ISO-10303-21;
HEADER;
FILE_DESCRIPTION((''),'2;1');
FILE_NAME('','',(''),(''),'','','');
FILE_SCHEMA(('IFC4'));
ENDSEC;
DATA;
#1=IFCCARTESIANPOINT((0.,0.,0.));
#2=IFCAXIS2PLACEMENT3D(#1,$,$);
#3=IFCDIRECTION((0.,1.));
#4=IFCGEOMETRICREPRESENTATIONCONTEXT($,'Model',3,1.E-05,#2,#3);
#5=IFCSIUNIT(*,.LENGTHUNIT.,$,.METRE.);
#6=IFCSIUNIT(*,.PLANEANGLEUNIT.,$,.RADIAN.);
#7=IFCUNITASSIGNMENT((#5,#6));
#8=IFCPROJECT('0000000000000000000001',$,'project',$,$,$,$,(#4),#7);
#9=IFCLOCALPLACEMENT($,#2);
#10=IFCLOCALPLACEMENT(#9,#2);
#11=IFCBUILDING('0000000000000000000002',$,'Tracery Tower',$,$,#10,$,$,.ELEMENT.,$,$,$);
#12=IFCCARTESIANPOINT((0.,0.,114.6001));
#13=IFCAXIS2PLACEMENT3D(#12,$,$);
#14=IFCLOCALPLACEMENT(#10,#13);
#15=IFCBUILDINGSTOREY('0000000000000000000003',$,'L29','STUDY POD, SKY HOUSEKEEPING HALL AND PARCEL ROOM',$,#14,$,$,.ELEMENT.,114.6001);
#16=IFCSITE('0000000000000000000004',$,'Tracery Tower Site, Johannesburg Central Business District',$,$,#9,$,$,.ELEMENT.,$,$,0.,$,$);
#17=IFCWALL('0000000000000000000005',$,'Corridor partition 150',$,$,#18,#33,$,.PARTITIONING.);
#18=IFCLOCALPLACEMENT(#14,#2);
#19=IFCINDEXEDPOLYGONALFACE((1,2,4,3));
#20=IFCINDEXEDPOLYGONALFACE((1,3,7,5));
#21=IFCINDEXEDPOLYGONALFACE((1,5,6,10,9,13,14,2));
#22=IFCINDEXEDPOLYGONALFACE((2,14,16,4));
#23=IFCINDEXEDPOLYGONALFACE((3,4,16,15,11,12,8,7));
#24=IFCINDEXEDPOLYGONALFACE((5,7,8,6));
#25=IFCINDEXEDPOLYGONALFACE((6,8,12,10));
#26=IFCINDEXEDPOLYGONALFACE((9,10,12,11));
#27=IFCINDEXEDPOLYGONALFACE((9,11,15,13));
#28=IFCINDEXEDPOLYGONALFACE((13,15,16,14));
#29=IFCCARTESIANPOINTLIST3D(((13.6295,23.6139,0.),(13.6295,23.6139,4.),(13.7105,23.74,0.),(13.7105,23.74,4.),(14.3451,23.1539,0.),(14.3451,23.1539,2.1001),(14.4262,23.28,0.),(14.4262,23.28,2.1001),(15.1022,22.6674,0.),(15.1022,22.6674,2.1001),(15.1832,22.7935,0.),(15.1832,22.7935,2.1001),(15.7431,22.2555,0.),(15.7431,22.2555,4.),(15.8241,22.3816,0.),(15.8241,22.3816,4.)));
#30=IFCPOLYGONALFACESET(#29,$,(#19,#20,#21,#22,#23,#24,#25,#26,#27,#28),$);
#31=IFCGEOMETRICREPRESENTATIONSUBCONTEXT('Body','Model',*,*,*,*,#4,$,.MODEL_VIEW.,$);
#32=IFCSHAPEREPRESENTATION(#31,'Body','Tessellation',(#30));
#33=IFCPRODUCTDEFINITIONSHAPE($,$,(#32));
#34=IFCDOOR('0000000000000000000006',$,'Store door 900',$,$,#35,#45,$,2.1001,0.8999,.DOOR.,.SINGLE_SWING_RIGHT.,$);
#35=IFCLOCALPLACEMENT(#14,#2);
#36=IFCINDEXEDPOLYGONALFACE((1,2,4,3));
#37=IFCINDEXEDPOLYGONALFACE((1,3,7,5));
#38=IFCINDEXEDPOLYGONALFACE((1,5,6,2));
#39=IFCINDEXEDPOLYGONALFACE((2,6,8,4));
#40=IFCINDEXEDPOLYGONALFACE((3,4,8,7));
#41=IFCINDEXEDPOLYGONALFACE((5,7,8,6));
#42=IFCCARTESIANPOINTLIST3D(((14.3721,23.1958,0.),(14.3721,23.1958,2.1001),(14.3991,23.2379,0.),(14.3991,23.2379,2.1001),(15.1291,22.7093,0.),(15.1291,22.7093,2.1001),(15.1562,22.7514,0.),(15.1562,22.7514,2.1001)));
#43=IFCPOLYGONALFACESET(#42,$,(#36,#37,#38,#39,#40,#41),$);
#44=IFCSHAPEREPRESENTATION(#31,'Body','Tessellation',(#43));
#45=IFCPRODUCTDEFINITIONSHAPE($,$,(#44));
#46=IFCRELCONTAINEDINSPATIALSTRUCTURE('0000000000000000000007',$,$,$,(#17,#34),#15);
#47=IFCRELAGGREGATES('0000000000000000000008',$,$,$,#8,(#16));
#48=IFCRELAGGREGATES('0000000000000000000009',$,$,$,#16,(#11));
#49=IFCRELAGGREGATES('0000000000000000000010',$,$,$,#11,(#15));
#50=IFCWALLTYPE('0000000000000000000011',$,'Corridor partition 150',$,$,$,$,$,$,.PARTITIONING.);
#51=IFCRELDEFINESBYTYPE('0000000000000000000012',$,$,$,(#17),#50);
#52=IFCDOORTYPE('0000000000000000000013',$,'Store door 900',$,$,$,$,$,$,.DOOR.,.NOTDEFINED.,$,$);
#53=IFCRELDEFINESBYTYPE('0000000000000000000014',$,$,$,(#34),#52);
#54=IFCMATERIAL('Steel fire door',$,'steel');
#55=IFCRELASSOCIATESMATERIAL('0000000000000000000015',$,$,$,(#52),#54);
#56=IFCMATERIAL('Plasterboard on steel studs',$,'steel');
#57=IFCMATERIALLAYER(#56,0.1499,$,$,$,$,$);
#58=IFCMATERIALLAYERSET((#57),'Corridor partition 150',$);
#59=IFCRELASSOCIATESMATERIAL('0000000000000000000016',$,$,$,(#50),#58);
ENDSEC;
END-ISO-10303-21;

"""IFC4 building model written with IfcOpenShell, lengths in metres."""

from ifc_helpers import new_model, si_unit, direction, frame, frame_2d, origin, place, context, subcontext, project, spatial, rectangle, extrude, material, layer, layer_set, type_object, element, fill, save


model = new_model("IFC4")

# Units and contexts
model_context = context("Model", 3, precision=1e-05, world=origin(), true_north=direction((0.0, 1.0)))
body_context = subcontext(model_context, "Body", "Model", "MODEL_VIEW")
ifc_project = project(units=[si_unit("LENGTHUNIT", "METRE"), si_unit("PLANEANGLEUNIT", "RADIAN")], contexts=[model_context])

# Site, building, storey
site_placement = place(None, origin())
site = spatial("IfcSite", under=ifc_project, at=site_placement, Name="Tracery Tower Site, Johannesburg Central Business District", CompositionType="ELEMENT", RefElevation=0.0)
building_placement = place(site_placement, origin())
building = spatial("IfcBuilding", under=site, at=building_placement, Name="Tracery Tower", CompositionType="ELEMENT")
storey_placement = place(building_placement, frame((0.0, 0.0, 114.6001)))
storey = spatial("IfcBuildingStorey", under=building, at=storey_placement, Name="L29", Description="STUDY POD, SKY HOUSEKEEPING HALL AND PARCEL ROOM", CompositionType="ELEMENT", Elevation=114.6001)

# Shared definitions
ifc_material_1 = material(Name="Steel fire door", Category="steel")
door_type_1 = type_object("IfcDoorType", Name="Store door 900", OperationType="NOTDEFINED", PredefinedType="DOOR", material=ifc_material_1)

# Shared definitions
ifc_material_2 = material(Name="Plasterboard on steel studs", Category="steel")
ifc_layer_1 = layer(ifc_material_2, 0.1499)
ifc_layer_set_1 = layer_set([ifc_layer_1], Name="Corridor partition 150")
wall_type_1 = type_object("IfcWallType", Name="Corridor partition 150", PredefinedType="PARTITIONING", material=ifc_layer_set_1)

# Wall, opening, door
wall_1_placement = place(storey_placement, frame((13.6699, 23.677, 0.0), z_axis=(0.0, 0.0, 1.0), x_axis=(0.841232, -0.540674, 0.0)))
wall_1 = element("IfcWall", 1, at=wall_1_placement, inside=storey, type_object=wall_type_1, Name="Corridor partition 150", PredefinedType="PARTITIONING", context=body_context, shape_type="SweptSolid", body=[
    extrude(rectangle(XDim=2.5125, YDim=0.1499, at=frame_2d((1.2563, 0.0))), origin(), (0.0, 0.0, 1.0), 4.0),
])
opening_1_placement = place(wall_1_placement, frame((0.8508, 0.0, 0.0)))
opening_1 = element("IfcOpeningElement", 2, at=opening_1_placement, cuts=wall_1, PredefinedType="OPENING", context=body_context, shape_type="SweptSolid", body=[
    extrude(rectangle(XDim=0.8999, YDim=2.1001, at=frame_2d((0.45, 1.05))), frame((0.0, 0.075, 0.0), z_axis=(0.0, -1.0, 0.0), x_axis=(1.0, 0.0, 0.0)), (0.0, 0.0, 1.0), 0.1499),
])
door_1_placement = place(opening_1_placement, origin())
door_1 = element("IfcDoor", 3, at=door_1_placement, inside=storey, type_object=door_type_1, Name="Store door 900", OperationType="SINGLE_SWING_RIGHT", OverallHeight=2.1001, OverallWidth=0.8999, PredefinedType="DOOR", context=body_context, shape_type="SweptSolid", body=[
    extrude(rectangle(XDim=0.8999, YDim=2.1001, at=frame_2d((0.45, 1.05))), frame((0.0, 0.0249, 0.0), z_axis=(0.0, -1.0, 0.0), x_axis=(1.0, 0.0, 0.0)), (0.0, 0.0, 1.0), 0.05),
])
fill(opening_1, door_1)

save(model, "model.ifc")
